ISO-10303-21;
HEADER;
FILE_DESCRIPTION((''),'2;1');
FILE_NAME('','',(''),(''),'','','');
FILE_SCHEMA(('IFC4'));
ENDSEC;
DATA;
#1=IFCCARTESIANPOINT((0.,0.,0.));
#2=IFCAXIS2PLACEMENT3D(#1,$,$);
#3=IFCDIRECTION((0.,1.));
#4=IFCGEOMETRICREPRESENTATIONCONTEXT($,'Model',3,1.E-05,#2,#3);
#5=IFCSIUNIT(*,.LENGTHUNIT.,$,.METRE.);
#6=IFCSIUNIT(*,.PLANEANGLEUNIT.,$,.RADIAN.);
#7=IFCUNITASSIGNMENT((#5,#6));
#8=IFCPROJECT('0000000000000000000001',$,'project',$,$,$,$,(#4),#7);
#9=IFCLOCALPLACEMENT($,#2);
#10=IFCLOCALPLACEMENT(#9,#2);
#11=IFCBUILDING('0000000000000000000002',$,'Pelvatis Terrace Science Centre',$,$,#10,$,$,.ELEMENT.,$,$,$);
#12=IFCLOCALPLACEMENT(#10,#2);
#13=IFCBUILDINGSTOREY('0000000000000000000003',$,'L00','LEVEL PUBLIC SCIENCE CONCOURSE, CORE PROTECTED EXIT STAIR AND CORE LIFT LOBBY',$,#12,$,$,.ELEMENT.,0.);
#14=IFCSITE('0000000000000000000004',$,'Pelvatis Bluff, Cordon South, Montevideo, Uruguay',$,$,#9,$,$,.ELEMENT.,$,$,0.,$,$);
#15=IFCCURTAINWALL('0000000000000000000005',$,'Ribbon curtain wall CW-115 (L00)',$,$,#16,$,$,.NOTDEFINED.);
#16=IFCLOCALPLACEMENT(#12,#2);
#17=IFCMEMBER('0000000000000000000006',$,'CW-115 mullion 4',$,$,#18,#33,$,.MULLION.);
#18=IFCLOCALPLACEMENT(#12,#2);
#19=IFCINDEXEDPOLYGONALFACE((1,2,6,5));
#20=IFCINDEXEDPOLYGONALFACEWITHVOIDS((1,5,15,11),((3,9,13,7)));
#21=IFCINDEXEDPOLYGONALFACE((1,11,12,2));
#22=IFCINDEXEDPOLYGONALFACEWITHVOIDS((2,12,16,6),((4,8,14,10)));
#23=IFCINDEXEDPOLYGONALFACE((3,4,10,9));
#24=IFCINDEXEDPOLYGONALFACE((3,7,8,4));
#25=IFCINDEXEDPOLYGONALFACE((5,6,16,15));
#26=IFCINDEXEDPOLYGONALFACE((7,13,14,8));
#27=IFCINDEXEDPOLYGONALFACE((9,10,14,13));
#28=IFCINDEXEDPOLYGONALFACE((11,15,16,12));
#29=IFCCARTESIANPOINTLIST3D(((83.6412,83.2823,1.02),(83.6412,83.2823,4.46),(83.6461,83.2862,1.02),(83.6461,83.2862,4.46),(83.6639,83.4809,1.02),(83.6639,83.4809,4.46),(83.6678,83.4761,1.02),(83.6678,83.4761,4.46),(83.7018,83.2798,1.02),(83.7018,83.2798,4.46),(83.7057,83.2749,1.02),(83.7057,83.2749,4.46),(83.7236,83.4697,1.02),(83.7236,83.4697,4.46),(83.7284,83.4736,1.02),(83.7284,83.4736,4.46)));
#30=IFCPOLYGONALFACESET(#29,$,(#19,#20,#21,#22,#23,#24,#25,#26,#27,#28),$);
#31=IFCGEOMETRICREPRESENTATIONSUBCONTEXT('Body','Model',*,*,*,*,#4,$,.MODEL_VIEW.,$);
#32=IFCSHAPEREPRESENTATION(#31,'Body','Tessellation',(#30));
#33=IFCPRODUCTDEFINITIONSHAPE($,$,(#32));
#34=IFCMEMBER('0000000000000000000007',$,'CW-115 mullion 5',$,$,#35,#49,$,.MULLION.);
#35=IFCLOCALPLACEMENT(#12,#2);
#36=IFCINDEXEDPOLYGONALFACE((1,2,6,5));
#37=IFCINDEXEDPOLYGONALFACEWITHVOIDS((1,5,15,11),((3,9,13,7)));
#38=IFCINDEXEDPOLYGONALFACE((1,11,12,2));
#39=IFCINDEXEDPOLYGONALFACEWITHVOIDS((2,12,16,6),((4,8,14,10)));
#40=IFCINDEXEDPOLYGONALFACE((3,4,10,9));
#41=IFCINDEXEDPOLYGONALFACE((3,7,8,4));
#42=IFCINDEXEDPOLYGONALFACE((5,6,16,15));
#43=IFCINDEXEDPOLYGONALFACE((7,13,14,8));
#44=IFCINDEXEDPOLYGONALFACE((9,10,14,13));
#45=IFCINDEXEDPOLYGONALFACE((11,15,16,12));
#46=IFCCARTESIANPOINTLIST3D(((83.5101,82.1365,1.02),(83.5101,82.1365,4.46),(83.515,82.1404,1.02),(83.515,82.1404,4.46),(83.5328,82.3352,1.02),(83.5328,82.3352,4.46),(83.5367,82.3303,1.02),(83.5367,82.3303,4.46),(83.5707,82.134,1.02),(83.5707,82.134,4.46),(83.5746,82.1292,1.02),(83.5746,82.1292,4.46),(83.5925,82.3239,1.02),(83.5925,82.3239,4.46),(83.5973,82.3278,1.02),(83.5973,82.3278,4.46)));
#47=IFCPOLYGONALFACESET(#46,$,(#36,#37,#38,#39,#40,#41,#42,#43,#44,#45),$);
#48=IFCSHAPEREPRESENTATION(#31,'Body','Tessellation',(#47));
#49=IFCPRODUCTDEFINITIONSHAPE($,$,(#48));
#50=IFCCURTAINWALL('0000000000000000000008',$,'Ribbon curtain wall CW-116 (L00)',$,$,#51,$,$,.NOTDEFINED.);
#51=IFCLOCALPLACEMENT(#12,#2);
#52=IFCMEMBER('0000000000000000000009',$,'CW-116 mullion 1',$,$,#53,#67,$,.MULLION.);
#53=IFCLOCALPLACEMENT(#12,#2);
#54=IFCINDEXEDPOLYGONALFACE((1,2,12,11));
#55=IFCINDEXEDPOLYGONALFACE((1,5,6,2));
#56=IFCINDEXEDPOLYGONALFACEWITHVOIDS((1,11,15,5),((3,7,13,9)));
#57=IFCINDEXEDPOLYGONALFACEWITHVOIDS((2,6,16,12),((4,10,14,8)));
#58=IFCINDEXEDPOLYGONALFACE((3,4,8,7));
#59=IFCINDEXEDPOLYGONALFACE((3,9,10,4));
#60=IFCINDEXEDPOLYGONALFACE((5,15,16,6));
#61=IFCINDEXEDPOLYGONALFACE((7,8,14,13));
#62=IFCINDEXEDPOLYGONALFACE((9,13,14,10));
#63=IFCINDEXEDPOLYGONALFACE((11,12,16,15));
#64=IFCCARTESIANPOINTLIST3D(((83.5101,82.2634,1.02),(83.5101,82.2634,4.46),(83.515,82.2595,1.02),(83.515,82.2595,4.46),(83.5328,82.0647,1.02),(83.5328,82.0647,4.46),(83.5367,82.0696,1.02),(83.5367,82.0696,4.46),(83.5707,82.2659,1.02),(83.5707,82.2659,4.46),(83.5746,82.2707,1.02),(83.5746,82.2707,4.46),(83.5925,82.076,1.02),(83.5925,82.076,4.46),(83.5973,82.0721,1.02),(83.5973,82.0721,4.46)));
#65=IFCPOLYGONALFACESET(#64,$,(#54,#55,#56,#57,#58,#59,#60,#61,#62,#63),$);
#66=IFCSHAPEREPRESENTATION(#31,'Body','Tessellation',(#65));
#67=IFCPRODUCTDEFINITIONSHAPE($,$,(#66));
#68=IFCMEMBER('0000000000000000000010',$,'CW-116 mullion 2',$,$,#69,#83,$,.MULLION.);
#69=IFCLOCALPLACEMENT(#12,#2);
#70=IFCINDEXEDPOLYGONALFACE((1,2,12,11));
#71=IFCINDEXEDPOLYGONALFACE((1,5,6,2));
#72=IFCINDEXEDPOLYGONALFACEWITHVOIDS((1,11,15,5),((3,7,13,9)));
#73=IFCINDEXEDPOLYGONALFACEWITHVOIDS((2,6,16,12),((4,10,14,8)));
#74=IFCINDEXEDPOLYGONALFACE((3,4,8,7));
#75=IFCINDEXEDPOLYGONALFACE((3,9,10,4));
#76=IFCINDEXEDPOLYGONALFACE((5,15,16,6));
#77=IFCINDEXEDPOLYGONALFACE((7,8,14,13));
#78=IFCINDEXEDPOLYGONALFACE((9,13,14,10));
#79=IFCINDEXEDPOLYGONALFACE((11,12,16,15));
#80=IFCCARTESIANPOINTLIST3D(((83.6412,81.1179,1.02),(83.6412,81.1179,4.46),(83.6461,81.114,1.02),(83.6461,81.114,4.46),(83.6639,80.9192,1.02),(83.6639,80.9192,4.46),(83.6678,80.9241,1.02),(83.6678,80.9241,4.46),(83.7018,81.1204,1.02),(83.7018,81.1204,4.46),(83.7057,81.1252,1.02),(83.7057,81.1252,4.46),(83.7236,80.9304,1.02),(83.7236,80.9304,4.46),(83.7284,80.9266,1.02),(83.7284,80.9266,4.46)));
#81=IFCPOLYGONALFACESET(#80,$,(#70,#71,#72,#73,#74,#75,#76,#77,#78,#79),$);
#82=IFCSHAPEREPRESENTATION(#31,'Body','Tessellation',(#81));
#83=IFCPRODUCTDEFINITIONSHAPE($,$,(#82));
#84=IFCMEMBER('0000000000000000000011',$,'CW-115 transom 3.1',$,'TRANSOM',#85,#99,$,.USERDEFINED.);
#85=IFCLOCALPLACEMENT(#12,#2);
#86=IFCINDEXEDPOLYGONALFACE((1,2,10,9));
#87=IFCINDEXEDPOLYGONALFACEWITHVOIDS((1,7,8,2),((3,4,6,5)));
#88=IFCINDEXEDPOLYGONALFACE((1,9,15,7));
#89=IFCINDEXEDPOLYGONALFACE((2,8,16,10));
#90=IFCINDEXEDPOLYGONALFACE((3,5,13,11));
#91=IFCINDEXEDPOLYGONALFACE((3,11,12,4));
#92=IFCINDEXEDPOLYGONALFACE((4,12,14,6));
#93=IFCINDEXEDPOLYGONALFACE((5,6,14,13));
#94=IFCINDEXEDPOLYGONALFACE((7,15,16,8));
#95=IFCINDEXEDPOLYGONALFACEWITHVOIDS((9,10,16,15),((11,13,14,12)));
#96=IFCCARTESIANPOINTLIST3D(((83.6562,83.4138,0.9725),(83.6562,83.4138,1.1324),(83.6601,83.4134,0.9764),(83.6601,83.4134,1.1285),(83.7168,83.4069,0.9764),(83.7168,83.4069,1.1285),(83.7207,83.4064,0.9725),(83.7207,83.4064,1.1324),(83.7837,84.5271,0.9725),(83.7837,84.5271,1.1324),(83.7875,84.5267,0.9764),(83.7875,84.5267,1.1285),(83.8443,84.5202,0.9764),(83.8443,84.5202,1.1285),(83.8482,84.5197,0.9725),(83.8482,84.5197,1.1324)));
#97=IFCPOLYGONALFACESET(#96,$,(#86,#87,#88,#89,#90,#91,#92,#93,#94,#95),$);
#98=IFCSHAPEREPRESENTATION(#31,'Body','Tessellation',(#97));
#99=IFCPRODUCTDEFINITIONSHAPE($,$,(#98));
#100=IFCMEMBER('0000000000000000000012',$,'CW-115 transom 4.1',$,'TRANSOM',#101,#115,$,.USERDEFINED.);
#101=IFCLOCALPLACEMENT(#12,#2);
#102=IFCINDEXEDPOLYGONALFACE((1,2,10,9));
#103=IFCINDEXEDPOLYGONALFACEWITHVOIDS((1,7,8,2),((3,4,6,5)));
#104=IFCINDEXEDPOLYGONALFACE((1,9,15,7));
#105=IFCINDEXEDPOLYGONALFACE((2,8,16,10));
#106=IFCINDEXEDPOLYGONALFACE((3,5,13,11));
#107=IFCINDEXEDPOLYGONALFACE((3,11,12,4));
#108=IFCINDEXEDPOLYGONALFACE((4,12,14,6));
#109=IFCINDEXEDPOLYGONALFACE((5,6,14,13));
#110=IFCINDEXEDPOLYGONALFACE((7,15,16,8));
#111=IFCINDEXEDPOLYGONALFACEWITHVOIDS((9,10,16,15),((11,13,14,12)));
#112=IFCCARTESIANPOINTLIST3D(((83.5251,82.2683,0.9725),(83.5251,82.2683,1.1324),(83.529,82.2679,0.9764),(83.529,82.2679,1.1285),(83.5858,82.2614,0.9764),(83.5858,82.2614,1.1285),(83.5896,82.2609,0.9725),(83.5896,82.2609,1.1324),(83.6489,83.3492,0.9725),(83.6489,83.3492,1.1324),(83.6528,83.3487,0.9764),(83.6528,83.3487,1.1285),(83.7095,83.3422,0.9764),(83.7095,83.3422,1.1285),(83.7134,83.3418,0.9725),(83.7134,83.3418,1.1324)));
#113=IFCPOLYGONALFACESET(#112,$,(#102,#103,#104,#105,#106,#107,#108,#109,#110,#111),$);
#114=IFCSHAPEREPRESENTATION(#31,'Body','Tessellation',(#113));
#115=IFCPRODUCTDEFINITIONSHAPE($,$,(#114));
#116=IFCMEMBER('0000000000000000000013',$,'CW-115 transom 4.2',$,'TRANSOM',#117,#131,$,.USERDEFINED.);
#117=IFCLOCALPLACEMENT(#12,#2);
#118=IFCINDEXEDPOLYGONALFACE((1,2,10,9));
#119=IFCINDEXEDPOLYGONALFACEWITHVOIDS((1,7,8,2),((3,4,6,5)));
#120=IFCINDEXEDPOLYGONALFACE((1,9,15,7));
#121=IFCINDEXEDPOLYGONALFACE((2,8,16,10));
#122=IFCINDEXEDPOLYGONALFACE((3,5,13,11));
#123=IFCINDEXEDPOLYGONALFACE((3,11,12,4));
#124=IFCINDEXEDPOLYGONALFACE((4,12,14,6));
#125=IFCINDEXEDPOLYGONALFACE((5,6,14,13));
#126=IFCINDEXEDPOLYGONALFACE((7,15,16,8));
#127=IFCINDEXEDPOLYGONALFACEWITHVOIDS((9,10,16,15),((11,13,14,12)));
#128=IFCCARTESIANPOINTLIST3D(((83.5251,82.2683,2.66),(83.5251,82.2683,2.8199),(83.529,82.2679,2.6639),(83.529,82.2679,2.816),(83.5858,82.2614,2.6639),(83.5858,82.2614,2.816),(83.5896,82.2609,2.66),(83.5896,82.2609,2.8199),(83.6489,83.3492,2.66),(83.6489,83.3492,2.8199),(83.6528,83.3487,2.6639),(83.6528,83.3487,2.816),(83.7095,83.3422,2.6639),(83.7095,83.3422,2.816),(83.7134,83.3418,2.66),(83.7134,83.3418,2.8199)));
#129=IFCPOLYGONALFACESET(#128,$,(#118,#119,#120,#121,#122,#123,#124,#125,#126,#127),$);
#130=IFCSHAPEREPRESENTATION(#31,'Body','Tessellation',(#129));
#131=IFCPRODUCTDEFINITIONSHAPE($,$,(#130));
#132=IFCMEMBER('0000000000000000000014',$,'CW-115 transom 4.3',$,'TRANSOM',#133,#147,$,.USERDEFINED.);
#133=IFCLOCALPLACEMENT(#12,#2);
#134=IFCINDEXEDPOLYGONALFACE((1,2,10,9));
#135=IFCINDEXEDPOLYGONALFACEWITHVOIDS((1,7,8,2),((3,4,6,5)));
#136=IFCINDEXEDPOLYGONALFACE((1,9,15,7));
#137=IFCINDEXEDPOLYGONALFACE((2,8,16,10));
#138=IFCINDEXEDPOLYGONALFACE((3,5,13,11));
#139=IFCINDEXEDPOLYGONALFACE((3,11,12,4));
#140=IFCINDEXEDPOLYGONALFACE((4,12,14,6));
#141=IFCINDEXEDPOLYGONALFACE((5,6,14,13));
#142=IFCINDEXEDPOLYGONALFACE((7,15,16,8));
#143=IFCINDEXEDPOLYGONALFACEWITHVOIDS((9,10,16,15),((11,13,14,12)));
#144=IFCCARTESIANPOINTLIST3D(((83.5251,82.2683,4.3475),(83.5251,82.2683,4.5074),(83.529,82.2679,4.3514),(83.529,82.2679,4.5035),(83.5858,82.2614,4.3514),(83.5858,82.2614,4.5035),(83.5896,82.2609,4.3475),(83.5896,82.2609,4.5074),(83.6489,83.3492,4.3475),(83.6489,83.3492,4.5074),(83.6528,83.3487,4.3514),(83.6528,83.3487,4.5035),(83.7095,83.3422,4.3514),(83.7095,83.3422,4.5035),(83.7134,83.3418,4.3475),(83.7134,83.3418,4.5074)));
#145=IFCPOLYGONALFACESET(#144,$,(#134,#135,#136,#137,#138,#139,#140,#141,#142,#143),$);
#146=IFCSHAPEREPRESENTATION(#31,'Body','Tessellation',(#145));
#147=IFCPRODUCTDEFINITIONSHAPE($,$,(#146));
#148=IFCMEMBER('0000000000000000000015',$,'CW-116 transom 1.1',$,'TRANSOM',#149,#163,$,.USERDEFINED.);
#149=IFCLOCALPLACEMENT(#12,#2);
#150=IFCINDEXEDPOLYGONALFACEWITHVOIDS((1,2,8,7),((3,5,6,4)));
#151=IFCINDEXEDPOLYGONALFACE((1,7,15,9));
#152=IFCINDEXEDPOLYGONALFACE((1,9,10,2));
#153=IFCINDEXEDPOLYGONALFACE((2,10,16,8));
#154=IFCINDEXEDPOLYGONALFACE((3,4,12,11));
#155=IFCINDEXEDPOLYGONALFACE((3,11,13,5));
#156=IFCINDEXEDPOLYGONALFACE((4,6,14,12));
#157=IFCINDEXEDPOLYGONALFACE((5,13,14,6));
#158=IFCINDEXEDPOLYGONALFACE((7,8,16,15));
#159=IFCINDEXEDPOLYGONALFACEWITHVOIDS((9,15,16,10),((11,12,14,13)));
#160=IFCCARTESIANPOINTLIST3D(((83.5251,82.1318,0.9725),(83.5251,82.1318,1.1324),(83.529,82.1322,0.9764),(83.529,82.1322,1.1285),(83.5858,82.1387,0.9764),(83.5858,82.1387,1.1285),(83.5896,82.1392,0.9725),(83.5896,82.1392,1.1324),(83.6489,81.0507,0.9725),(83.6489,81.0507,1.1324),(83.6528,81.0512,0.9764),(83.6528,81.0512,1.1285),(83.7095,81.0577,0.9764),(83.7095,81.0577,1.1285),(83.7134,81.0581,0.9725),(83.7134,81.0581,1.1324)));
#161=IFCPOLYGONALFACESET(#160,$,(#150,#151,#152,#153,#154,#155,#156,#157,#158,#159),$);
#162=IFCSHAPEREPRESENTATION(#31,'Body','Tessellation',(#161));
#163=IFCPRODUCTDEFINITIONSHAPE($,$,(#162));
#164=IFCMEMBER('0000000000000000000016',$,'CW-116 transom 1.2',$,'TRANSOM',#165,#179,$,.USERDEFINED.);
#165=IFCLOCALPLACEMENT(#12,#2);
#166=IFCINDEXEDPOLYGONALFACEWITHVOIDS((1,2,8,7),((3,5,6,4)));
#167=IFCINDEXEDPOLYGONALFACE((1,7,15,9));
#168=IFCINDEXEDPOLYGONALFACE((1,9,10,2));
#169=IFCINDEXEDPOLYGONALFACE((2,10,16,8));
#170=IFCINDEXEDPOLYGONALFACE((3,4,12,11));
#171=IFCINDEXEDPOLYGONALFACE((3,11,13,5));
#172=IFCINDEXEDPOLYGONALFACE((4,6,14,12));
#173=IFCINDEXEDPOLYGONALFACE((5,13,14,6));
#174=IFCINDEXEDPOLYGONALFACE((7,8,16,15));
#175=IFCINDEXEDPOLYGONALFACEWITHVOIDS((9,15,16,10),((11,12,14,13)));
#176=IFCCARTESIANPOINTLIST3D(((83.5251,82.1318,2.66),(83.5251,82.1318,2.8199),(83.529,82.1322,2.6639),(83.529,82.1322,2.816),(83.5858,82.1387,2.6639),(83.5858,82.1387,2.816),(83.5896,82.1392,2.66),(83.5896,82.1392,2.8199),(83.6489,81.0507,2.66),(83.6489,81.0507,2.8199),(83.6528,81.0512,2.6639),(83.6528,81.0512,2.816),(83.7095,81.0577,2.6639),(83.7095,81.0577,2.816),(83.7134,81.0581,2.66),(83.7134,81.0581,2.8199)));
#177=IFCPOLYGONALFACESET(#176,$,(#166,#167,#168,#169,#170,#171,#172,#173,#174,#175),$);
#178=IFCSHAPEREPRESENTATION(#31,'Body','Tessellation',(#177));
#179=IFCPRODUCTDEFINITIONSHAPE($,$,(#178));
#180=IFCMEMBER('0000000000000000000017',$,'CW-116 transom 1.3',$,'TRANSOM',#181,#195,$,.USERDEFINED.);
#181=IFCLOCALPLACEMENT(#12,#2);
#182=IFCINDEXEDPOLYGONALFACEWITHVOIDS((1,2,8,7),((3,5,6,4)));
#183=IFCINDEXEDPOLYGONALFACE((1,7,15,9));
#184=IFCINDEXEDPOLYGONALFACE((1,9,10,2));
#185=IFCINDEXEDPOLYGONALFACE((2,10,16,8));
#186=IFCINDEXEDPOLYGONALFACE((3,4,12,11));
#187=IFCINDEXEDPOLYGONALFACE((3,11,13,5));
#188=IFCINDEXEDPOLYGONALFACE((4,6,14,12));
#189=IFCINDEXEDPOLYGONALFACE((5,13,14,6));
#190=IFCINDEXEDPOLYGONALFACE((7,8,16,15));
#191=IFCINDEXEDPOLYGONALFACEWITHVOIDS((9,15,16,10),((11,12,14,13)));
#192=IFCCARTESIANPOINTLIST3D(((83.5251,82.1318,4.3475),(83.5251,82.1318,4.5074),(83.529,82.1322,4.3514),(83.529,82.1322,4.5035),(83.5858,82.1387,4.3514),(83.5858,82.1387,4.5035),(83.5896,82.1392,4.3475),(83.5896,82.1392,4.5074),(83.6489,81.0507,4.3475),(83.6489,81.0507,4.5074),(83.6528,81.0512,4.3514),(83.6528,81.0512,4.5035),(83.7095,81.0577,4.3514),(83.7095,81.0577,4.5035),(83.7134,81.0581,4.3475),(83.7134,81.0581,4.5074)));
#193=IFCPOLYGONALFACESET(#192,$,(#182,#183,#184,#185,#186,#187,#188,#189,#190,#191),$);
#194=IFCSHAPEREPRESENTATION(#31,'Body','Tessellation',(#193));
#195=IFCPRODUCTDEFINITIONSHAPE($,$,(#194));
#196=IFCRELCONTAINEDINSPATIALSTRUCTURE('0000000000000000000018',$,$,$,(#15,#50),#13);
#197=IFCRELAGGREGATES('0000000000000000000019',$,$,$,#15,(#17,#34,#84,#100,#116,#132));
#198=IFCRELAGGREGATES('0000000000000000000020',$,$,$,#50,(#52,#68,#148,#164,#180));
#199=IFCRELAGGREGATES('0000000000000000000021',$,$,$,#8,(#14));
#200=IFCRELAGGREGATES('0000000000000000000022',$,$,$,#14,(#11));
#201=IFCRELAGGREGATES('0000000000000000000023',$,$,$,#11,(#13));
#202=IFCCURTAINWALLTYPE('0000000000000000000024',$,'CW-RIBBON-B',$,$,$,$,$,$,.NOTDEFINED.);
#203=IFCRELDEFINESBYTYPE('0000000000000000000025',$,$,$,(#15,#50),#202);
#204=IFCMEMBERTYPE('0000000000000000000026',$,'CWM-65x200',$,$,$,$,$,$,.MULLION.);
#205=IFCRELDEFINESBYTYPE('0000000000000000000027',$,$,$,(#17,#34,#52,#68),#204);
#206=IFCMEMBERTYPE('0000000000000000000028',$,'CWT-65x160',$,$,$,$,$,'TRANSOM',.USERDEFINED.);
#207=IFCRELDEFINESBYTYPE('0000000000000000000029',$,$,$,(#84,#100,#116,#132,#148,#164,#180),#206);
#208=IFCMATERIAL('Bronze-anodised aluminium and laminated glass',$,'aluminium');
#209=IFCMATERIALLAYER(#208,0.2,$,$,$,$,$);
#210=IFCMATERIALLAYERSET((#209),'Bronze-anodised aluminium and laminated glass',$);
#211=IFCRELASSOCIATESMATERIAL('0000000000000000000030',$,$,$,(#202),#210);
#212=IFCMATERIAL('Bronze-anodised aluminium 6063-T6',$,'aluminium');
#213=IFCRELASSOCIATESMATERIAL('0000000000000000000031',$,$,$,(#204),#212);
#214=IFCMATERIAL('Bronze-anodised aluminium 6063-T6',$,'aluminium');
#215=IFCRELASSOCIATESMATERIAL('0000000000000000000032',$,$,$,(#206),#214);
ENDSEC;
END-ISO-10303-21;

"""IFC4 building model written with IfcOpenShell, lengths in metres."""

from ifc_helpers import new_model, si_unit, direction, frame, origin, origin_2d, place, context, subcontext, project, spatial, hollow_rectangle, extrude, material, layer, layer_set, material_profile, profile_set, type_object, element, aggregate, save


model = new_model("IFC4")

# Units and contexts
model_context = context("Model", 3, precision=1e-05, world=origin(), true_north=direction((0.0, 1.0)))
body_context = subcontext(model_context, "Body", "Model", "MODEL_VIEW")
ifc_project = project(units=[si_unit("LENGTHUNIT", "METRE"), si_unit("PLANEANGLEUNIT", "RADIAN")], contexts=[model_context])

# Site, building, storey
site_placement = place(None, origin())
site = spatial("IfcSite", under=ifc_project, at=site_placement, Name="Pelvatis Bluff, Cordon South, Montevideo, Uruguay", CompositionType="ELEMENT", RefElevation=0.0)
building_placement = place(site_placement, origin())
building = spatial("IfcBuilding", under=site, at=building_placement, Name="Pelvatis Terrace Science Centre", CompositionType="ELEMENT")
storey_placement = place(building_placement, origin())
storey = spatial("IfcBuildingStorey", under=building, at=storey_placement, Name="L00", Description="LEVEL PUBLIC SCIENCE CONCOURSE, CORE PROTECTED EXIT STAIR AND CORE LIFT LOBBY", CompositionType="ELEMENT", Elevation=0.0)

# Curtain walls, members
ifc_material_1 = material(Name="Bronze-anodised aluminium and laminated glass", Category="aluminium")
ifc_layer_1 = layer(ifc_material_1, 0.2)
ifc_layer_set_1 = layer_set([ifc_layer_1], Name="Bronze-anodised aluminium and laminated glass")
curtain_wall_type = type_object("IfcCurtainWallType", Name="CW-RIBBON-B", PredefinedType="NOTDEFINED", material=ifc_layer_set_1)
curtain_wall_1_placement = place(storey_placement, origin())
curtain_wall_1 = element("IfcCurtainWall", 1, at=curtain_wall_1_placement, inside=storey, type_object=curtain_wall_type, Name="Ribbon curtain wall CW-115 (L00)", PredefinedType="NOTDEFINED")
ifc_material_2 = material(Name="Bronze-anodised aluminium 6063-T6", Category="aluminium")
ifc_material_profile_1 = material_profile(ifc_material_2, hollow_rectangle(XDim=0.0649, YDim=0.2, WallThickness=0.0044, at=origin_2d()), Name="ALU-MUL 65x200")
ifc_profile_set_1 = profile_set([ifc_material_profile_1], Name="Bronze-anodised aluminium 6063-T6")
member_type_1 = type_object("IfcMemberType", Name="CWM-65x200", PredefinedType="MULLION", material=ifc_profile_set_1)
member_1_placement = place(storey_placement, frame((83.6848, 83.3779, 1.02), z_axis=(0.0, 0.0, 1.0), x_axis=(0.993519, -0.113662, 0.0)))
member_1 = element("IfcMember", 2, at=member_1_placement, type_object=member_type_1, Name="CW-115 mullion 4", PredefinedType="MULLION", context=body_context, shape_type="SweptSolid", body=[
    extrude(hollow_rectangle(XDim=0.0649, YDim=0.2, WallThickness=0.0044, at=origin_2d()), origin(), (0.0, 0.0, 1.0), 3.4399),
])
member_2_placement = place(storey_placement, frame((83.5537, 82.2322, 1.02), z_axis=(0.0, 0.0, 1.0), x_axis=(0.993519, -0.113662, 0.0)))
member_2 = element("IfcMember", 3, at=member_2_placement, type_object=member_type_1, Name="CW-115 mullion 5", PredefinedType="MULLION", context=body_context, shape_type="SweptSolid", body=[
    extrude(hollow_rectangle(XDim=0.0649, YDim=0.2, WallThickness=0.0044, at=origin_2d()), origin(), (0.0, 0.0, 1.0), 3.4399),
])
curtain_wall_2_placement = place(storey_placement, origin())
curtain_wall_2 = element("IfcCurtainWall", 4, at=curtain_wall_2_placement, inside=storey, type_object=curtain_wall_type, Name="Ribbon curtain wall CW-116 (L00)", PredefinedType="NOTDEFINED")
member_3_placement = place(storey_placement, frame((83.5537, 82.1677, 1.02), z_axis=(0.0, 0.0, 1.0), x_axis=(0.993519, 0.113662, 0.0)))
member_3 = element("IfcMember", 5, at=member_3_placement, type_object=member_type_1, Name="CW-116 mullion 1", PredefinedType="MULLION", context=body_context, shape_type="SweptSolid", body=[
    extrude(hollow_rectangle(XDim=0.0649, YDim=0.2, WallThickness=0.0044, at=origin_2d()), origin(), (0.0, 0.0, 1.0), 3.4399),
])
member_4_placement = place(storey_placement, frame((83.6848, 81.0222, 1.02), z_axis=(0.0, 0.0, 1.0), x_axis=(0.993519, 0.113662, 0.0)))
member_4 = element("IfcMember", 6, at=member_4_placement, type_object=member_type_1, Name="CW-116 mullion 2", PredefinedType="MULLION", context=body_context, shape_type="SweptSolid", body=[
    extrude(hollow_rectangle(XDim=0.0649, YDim=0.2, WallThickness=0.0044, at=origin_2d()), origin(), (0.0, 0.0, 1.0), 3.4399),
])

# Members
ifc_material_3 = material(Name="Bronze-anodised aluminium 6063-T6", Category="aluminium")
ifc_material_profile_2 = material_profile(ifc_material_3, hollow_rectangle(XDim=0.0649, YDim=0.1599, WallThickness=0.0039, at=origin_2d()), Name="ALU-TRN 65x160")
ifc_profile_set_2 = profile_set([ifc_material_profile_2], Name="Bronze-anodised aluminium 6063-T6")
member_type_2 = type_object("IfcMemberType", Name="CWT-65x160", ElementType="TRANSOM", PredefinedType="USERDEFINED", material=ifc_profile_set_2)
member_5_placement = place(storey_placement, frame((83.8159, 84.5234, 1.0525), z_axis=(-0.113731, -0.993512, 0.0), x_axis=(0.993512, -0.113731, 0.0)))
member_5 = element("IfcMember", 7, at=member_5_placement, type_object=member_type_2, Name="CW-115 transom 3.1", ObjectType="TRANSOM", PredefinedType="USERDEFINED", context=body_context, shape_type="SweptSolid", body=[
    extrude(hollow_rectangle(XDim=0.0649, YDim=0.1599, WallThickness=0.0039, at=origin_2d()), origin(), (0.0, 0.0, 1.0), 1.1206),
])
member_6_placement = place(storey_placement, frame((83.6812, 83.3455, 1.0525), z_axis=(-0.113781, -0.993506, 0.0), x_axis=(0.993506, -0.113781, 0.0)))
member_6 = element("IfcMember", 8, at=member_6_placement, type_object=member_type_2, Name="CW-115 transom 4.1", ObjectType="TRANSOM", PredefinedType="USERDEFINED", context=body_context, shape_type="SweptSolid", body=[
    extrude(hollow_rectangle(XDim=0.0649, YDim=0.1599, WallThickness=0.0039, at=origin_2d()), origin(), (0.0, 0.0, 1.0), 1.0879),
])
member_7_placement = place(storey_placement, frame((83.6812, 83.3455, 2.74), z_axis=(-0.113781, -0.993506, 0.0), x_axis=(0.993506, -0.113781, 0.0)))
member_7 = element("IfcMember", 9, at=member_7_placement, type_object=member_type_2, Name="CW-115 transom 4.2", ObjectType="TRANSOM", PredefinedType="USERDEFINED", context=body_context, shape_type="SweptSolid", body=[
    extrude(hollow_rectangle(XDim=0.0649, YDim=0.1599, WallThickness=0.0039, at=origin_2d()), origin(), (0.0, 0.0, 1.0), 1.0879),
])
member_8_placement = place(storey_placement, frame((83.6812, 83.3455, 4.4275), z_axis=(-0.113781, -0.993506, 0.0), x_axis=(0.993506, -0.113781, 0.0)))
member_8 = element("IfcMember", 10, at=member_8_placement, type_object=member_type_2, Name="CW-115 transom 4.3", ObjectType="TRANSOM", PredefinedType="USERDEFINED", context=body_context, shape_type="SweptSolid", body=[
    extrude(hollow_rectangle(XDim=0.0649, YDim=0.1599, WallThickness=0.0039, at=origin_2d()), origin(), (0.0, 0.0, 1.0), 1.0879),
])
member_9_placement = place(storey_placement, frame((83.5574, 82.1355, 1.0525), z_axis=(0.113755, -0.993509, 0.0), x_axis=(0.993509, 0.113755, 0.0)))
member_9 = element("IfcMember", 11, at=member_9_placement, type_object=member_type_2, Name="CW-116 transom 1.1", ObjectType="TRANSOM", PredefinedType="USERDEFINED", context=body_context, shape_type="SweptSolid", body=[
    extrude(hollow_rectangle(XDim=0.0649, YDim=0.1599, WallThickness=0.0039, at=origin_2d()), origin(), (0.0, 0.0, 1.0), 1.0881),
])
member_10_placement = place(storey_placement, frame((83.5574, 82.1355, 2.74), z_axis=(0.113755, -0.993509, 0.0), x_axis=(0.993509, 0.113755, 0.0)))
member_10 = element("IfcMember", 12, at=member_10_placement, type_object=member_type_2, Name="CW-116 transom 1.2", ObjectType="TRANSOM", PredefinedType="USERDEFINED", context=body_context, shape_type="SweptSolid", body=[
    extrude(hollow_rectangle(XDim=0.0649, YDim=0.1599, WallThickness=0.0039, at=origin_2d()), origin(), (0.0, 0.0, 1.0), 1.0881),
])
member_11_placement = place(storey_placement, frame((83.5574, 82.1355, 4.4275), z_axis=(0.113755, -0.993509, 0.0), x_axis=(0.993509, 0.113755, 0.0)))
member_11 = element("IfcMember", 13, at=member_11_placement, type_object=member_type_2, Name="CW-116 transom 1.3", ObjectType="TRANSOM", PredefinedType="USERDEFINED", context=body_context, shape_type="SweptSolid", body=[
    extrude(hollow_rectangle(XDim=0.0649, YDim=0.1599, WallThickness=0.0039, at=origin_2d()), origin(), (0.0, 0.0, 1.0), 1.0881),
])

aggregate(curtain_wall_1, [member_1, member_2, member_5, member_6, member_7, member_8])
aggregate(curtain_wall_2, [member_3, member_4, member_9, member_10, member_11])

save(model, "model.ifc")
